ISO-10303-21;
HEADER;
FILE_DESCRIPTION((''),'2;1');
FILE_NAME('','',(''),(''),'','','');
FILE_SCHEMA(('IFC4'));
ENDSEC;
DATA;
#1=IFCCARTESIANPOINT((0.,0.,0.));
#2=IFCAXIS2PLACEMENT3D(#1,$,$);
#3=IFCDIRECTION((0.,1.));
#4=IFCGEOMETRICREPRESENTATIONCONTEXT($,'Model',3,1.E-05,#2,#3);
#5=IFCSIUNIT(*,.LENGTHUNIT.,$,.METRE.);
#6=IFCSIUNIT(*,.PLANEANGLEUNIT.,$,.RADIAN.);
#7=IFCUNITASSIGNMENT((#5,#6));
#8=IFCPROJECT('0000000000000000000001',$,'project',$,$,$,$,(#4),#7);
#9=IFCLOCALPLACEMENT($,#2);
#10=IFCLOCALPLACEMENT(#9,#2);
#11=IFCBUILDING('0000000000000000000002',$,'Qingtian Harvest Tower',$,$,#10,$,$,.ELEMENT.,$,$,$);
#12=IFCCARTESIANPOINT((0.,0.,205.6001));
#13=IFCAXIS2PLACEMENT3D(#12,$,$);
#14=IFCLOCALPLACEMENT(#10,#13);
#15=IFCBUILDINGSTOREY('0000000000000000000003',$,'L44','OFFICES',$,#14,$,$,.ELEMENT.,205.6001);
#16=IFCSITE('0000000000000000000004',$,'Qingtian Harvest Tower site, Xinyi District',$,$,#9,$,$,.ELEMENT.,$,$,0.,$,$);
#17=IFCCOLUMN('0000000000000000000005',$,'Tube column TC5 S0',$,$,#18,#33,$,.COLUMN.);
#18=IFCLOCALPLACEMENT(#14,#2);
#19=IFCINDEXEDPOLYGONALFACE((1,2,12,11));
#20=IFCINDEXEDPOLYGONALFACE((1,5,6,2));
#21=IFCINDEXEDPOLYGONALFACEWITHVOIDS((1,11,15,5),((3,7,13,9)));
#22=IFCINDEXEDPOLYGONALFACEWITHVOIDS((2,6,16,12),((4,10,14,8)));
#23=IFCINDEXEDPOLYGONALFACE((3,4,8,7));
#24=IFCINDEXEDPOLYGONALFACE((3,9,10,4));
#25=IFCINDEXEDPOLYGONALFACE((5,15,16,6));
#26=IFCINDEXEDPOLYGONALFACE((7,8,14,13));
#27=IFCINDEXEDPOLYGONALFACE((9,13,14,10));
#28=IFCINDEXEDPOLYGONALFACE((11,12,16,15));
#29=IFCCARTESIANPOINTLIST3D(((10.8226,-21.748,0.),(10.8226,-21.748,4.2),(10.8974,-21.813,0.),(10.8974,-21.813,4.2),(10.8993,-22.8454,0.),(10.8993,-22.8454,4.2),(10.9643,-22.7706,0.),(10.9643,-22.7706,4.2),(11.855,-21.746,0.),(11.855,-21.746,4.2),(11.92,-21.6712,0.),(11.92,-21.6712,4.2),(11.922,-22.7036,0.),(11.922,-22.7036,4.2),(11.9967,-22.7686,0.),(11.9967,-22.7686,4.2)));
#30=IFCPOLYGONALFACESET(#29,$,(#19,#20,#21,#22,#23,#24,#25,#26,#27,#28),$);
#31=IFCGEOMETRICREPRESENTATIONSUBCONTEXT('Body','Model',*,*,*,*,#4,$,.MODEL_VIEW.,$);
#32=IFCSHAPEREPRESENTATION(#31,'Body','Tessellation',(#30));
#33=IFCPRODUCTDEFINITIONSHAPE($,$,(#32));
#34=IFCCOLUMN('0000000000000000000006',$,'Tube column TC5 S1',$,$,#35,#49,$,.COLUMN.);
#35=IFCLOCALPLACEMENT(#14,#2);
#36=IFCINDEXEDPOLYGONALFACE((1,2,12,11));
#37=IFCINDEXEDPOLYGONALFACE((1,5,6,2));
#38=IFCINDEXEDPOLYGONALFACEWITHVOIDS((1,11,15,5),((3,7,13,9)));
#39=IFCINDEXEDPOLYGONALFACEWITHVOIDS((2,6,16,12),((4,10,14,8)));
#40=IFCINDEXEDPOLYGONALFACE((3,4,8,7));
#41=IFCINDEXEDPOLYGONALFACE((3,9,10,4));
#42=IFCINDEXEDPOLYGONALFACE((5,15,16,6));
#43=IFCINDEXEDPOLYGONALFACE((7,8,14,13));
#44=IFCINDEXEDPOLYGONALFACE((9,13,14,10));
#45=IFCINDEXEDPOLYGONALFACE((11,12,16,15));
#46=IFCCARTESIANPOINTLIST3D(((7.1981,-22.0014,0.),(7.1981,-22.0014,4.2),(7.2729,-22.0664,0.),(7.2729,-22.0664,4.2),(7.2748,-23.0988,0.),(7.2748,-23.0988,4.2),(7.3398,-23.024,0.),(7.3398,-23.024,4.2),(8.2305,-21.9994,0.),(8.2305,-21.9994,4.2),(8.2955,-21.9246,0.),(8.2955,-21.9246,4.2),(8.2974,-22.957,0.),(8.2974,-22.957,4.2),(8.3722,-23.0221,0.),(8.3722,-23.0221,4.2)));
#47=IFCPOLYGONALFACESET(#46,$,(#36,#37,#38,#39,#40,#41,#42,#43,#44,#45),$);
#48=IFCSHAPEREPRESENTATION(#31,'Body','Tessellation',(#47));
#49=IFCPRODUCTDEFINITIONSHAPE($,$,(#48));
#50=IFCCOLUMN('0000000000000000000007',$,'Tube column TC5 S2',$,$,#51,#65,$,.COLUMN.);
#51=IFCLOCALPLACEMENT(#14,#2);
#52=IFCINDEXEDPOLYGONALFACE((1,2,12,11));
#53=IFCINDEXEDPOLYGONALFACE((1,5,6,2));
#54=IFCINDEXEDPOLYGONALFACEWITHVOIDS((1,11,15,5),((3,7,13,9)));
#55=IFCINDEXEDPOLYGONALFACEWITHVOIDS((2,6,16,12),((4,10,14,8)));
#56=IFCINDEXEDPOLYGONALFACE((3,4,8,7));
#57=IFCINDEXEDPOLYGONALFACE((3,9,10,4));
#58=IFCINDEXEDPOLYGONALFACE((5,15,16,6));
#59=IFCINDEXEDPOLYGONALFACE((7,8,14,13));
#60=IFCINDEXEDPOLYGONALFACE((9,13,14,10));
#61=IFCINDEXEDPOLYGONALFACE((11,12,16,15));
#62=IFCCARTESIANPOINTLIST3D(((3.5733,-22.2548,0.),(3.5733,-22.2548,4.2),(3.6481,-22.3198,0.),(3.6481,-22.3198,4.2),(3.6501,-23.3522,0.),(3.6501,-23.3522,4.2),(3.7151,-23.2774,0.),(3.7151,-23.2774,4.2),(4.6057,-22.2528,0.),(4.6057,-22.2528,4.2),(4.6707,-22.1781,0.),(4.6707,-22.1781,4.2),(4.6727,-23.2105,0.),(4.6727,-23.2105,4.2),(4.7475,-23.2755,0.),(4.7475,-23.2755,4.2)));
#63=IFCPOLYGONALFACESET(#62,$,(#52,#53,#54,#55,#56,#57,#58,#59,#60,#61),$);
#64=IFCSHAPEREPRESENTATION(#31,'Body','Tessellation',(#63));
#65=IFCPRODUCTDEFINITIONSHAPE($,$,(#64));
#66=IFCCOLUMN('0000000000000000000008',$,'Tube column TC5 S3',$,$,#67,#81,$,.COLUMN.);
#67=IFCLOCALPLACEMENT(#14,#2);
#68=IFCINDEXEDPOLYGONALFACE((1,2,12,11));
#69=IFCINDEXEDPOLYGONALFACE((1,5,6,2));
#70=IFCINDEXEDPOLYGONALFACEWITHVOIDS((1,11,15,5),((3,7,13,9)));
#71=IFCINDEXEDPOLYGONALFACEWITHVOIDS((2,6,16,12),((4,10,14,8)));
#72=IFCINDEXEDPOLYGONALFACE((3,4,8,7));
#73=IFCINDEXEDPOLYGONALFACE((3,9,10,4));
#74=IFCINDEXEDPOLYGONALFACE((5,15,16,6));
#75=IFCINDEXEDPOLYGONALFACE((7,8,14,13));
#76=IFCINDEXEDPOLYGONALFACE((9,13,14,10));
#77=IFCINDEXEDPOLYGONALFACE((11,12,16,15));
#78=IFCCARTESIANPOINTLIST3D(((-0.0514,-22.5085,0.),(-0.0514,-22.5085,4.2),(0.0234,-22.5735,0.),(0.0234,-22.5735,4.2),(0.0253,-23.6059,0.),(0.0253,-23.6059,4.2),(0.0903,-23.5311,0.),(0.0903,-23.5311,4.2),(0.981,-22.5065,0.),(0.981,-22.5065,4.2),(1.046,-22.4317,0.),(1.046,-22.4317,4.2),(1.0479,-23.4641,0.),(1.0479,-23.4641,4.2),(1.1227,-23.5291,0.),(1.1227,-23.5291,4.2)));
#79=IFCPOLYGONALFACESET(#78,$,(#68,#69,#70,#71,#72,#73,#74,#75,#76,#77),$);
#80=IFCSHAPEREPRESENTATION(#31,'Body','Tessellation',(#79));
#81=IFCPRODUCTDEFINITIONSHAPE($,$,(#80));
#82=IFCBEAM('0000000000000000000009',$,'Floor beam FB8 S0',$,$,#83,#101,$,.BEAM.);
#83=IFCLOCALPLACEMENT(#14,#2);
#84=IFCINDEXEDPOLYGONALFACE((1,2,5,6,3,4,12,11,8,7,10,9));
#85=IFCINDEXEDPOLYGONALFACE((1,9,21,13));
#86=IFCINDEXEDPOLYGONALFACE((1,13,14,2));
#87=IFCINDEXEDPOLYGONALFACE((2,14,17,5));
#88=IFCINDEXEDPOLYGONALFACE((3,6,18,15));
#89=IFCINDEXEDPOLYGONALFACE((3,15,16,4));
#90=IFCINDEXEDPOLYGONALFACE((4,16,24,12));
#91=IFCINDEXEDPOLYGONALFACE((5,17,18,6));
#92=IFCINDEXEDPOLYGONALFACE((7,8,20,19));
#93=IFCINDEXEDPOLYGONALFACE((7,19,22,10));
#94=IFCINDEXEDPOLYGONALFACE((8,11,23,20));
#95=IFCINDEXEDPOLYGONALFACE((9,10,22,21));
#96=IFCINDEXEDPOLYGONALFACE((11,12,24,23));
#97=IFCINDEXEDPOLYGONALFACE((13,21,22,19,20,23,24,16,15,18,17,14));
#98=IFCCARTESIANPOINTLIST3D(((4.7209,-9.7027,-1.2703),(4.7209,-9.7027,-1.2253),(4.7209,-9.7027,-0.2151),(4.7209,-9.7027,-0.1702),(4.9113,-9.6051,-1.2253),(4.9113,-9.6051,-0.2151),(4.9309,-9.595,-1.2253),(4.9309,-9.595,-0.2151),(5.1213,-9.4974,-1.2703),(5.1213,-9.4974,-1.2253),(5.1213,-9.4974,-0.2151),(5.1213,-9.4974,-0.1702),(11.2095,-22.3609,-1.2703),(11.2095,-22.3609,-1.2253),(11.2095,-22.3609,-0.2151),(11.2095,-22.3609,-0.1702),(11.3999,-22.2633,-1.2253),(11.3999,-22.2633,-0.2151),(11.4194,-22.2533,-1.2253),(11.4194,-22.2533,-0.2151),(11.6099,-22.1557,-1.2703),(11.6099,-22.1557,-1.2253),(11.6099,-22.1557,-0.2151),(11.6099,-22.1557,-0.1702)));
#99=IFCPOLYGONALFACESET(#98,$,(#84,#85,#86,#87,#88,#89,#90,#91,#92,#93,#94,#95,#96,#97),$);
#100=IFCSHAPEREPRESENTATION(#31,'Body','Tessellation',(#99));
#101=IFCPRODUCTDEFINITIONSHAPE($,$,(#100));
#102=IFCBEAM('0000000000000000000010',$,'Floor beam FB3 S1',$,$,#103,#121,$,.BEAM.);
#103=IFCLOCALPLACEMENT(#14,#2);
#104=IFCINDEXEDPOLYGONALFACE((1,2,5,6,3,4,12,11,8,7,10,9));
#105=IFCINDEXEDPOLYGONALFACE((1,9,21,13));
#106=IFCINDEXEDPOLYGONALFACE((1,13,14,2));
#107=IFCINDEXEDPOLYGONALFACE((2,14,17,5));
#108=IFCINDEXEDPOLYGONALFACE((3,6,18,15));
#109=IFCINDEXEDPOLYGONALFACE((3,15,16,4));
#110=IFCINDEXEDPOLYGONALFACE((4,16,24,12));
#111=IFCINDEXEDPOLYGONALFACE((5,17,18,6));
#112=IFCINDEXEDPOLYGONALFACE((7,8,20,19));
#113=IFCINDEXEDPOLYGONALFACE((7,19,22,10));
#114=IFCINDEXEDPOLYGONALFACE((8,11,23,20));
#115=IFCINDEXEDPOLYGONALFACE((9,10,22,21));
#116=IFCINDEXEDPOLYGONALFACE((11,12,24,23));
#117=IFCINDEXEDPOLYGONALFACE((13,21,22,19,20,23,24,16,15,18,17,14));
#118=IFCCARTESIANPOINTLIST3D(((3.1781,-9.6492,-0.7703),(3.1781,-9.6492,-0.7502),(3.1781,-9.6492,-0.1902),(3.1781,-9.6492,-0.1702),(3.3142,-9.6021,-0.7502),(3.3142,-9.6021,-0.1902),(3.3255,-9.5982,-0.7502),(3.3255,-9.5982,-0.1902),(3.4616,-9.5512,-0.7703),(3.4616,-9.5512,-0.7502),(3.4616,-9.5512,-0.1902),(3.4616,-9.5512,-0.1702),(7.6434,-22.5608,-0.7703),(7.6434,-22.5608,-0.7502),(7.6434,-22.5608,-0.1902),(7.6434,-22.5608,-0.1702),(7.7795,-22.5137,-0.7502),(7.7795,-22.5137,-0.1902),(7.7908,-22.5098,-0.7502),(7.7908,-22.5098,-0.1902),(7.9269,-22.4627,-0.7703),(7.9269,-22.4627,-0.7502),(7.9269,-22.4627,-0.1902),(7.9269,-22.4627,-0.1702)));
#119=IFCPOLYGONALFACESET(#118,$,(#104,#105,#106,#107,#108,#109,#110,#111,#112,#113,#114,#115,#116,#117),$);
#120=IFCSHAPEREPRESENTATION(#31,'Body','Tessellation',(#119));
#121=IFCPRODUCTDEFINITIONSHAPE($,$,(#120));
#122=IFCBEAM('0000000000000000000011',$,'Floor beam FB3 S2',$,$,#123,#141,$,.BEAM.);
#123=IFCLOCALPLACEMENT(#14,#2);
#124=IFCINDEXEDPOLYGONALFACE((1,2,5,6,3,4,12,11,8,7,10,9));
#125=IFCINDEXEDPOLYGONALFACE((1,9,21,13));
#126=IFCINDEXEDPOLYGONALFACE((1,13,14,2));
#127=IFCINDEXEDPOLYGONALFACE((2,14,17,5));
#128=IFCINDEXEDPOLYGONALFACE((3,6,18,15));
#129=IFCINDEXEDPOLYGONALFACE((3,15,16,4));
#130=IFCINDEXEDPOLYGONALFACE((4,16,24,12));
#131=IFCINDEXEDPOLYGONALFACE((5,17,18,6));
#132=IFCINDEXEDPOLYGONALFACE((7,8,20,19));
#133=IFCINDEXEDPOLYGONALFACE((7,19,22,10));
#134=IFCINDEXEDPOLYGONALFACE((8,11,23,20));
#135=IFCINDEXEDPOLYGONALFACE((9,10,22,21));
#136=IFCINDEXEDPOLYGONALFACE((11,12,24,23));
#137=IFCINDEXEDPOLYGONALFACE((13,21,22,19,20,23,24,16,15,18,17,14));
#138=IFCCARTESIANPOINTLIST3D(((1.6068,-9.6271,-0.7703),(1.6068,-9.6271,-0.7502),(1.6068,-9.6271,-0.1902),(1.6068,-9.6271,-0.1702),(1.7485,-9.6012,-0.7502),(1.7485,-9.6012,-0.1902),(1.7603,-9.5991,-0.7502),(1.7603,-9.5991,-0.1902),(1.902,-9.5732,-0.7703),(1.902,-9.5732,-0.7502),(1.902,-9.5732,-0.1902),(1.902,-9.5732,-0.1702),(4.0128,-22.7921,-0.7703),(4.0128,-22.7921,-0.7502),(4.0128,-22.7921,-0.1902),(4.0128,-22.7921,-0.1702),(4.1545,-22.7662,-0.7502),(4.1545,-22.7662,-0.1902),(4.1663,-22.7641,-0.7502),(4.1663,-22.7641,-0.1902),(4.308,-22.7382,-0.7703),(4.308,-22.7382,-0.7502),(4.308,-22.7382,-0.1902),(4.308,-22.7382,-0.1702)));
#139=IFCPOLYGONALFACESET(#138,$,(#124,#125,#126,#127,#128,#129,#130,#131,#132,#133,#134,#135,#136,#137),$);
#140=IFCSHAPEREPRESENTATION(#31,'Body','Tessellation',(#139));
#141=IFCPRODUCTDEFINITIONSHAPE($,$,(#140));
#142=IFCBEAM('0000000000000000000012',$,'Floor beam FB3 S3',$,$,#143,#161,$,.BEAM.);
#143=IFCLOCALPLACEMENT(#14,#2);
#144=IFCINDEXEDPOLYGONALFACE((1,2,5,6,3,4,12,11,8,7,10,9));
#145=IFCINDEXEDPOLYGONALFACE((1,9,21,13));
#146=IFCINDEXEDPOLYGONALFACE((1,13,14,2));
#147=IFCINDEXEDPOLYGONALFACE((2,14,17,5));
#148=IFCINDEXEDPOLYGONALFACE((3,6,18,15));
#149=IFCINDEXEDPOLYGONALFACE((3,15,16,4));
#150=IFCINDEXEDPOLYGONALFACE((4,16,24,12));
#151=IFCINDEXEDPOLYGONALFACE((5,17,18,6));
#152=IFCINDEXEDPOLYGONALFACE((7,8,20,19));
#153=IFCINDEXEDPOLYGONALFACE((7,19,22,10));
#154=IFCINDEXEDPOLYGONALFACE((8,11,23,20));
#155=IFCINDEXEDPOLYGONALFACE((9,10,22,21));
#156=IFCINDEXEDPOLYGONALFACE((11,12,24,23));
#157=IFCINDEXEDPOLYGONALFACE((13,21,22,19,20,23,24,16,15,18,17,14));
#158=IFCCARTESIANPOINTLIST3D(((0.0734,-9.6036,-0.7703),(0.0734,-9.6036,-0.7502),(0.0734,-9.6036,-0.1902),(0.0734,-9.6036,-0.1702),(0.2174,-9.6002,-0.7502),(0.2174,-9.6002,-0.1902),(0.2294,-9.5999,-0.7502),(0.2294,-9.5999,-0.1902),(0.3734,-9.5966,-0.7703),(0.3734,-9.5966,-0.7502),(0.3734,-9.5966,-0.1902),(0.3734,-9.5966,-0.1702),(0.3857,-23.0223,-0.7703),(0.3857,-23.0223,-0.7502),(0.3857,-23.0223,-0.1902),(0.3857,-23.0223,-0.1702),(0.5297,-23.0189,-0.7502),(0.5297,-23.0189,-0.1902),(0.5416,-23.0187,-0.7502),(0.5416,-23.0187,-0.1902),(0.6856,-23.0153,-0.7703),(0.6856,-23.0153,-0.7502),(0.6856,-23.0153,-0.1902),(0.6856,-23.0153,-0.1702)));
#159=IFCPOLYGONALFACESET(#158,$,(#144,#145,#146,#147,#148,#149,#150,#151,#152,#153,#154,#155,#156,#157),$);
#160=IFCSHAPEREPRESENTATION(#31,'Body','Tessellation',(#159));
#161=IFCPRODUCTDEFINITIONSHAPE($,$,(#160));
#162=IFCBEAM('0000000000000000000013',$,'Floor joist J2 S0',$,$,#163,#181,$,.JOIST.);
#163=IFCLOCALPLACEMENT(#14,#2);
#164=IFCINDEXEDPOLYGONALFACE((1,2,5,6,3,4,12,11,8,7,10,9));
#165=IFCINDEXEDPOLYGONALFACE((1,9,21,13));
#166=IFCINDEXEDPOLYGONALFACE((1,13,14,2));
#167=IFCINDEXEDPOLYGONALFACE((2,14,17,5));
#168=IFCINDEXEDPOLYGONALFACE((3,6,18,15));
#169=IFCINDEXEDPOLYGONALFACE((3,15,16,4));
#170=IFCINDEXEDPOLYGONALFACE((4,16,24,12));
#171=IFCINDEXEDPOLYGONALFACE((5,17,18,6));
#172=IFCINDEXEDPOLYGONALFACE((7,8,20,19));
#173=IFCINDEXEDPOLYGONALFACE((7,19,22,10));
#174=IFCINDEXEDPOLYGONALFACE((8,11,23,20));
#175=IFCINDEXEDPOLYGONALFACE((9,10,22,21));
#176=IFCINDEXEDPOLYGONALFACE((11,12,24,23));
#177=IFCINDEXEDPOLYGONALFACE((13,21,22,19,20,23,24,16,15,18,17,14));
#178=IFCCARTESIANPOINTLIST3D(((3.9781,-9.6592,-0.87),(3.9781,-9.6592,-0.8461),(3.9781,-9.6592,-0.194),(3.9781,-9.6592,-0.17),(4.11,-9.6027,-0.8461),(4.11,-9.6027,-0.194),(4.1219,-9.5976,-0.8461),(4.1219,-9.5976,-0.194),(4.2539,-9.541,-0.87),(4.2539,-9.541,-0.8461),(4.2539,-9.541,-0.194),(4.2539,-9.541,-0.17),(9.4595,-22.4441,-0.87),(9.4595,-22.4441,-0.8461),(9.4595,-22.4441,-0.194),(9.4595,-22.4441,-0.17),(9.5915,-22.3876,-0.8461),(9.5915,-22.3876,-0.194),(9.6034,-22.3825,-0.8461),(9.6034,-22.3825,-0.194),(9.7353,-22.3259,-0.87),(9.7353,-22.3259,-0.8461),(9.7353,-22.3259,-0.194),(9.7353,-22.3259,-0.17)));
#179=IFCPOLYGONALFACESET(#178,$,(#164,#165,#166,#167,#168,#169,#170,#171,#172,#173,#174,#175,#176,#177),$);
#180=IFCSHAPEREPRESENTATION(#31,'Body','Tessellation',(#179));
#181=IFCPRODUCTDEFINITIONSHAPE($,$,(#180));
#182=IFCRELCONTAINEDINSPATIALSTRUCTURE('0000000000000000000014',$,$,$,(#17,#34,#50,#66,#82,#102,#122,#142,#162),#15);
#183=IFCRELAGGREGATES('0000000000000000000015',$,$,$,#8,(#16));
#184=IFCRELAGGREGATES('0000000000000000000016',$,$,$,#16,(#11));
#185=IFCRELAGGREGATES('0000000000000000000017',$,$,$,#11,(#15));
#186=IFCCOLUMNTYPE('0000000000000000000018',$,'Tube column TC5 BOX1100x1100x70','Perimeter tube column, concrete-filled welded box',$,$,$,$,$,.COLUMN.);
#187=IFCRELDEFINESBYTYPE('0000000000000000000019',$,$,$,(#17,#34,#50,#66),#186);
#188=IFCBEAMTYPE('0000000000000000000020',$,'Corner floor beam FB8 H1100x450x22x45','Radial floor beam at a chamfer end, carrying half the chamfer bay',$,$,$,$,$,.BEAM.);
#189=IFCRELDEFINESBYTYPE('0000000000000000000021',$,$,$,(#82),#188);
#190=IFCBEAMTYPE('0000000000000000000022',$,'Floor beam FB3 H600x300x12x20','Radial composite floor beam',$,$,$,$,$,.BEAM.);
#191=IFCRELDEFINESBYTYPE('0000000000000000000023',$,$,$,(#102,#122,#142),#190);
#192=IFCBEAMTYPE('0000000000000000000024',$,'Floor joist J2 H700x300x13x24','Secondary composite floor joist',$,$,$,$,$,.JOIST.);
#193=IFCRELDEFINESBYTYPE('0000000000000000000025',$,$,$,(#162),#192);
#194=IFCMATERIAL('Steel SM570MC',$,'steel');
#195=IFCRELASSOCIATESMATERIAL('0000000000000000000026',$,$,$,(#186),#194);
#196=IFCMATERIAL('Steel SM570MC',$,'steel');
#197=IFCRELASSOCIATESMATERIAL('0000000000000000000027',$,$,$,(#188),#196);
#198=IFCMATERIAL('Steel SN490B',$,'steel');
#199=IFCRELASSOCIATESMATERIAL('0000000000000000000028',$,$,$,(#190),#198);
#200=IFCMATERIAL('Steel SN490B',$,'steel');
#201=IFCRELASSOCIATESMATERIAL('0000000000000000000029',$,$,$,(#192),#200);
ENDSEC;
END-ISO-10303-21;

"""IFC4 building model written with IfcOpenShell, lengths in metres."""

from ifc_helpers import new_model, si_unit, direction, frame, origin, origin_2d, place, context, subcontext, project, spatial, hollow_rectangle, i_section, extrude, material, material_profile, profile_set, type_object, element, save


model = new_model("IFC4")

# Units and contexts
model_context = context("Model", 3, precision=1e-05, world=origin(), true_north=direction((0.0, 1.0)))
body_context = subcontext(model_context, "Body", "Model", "MODEL_VIEW")
ifc_project = project(units=[si_unit("LENGTHUNIT", "METRE"), si_unit("PLANEANGLEUNIT", "RADIAN")], contexts=[model_context])

# Site, building, storey
site_placement = place(None, origin())
site = spatial("IfcSite", under=ifc_project, at=site_placement, Name="Qingtian Harvest Tower site, Xinyi District", CompositionType="ELEMENT", RefElevation=0.0)
building_placement = place(site_placement, origin())
building = spatial("IfcBuilding", under=site, at=building_placement, Name="Qingtian Harvest Tower", CompositionType="ELEMENT")
storey_placement = place(building_placement, frame((0.0, 0.0, 205.6001)))
storey = spatial("IfcBuildingStorey", under=building, at=storey_placement, Name="L44", Description="OFFICES", CompositionType="ELEMENT", Elevation=205.6001)

# Columns
ifc_material_1 = material(Name="Steel SM570MC", Category="steel")
ifc_material_profile_1 = material_profile(ifc_material_1, hollow_rectangle(XDim=1.1001, YDim=1.1001, WallThickness=0.0701, at=origin_2d()), Name="BOX1100x1100x70")
ifc_profile_set_1 = profile_set([ifc_material_profile_1], Name="Steel SM570MC")
column_type = type_object("IfcColumnType", Name="Tube column TC5 BOX1100x1100x70", Description="Perimeter tube column, concrete-filled welded box", PredefinedType="COLUMN", material=ifc_profile_set_1)
for number, where, z_axis, x_axis, name in (
    (1, (11.4097, -22.2583, 0.0), (0.0, 0.0, 1.0), (0.997564, 0.069756, 0.0), "Tube column TC5 S0"),
    (2, (7.7852, -22.5117, 0.0), (0.0, 0.0, 1.0), (0.997564, 0.069756, 0.0), "Tube column TC5 S1"),
    (3, (4.1604, -22.7651, 0.0), (0.0, 0.0, 1.0), (0.997564, 0.069756, 0.0), "Tube column TC5 S2"),
    (4, (0.5356, -23.0188, 0.0), (0.0, 0.0, 1.0), (0.997564, 0.069756, 0.0), "Tube column TC5 S3"),
):
    element("IfcColumn", number, at=place(storey_placement, frame(where, z_axis=z_axis, x_axis=x_axis)), inside=storey, type_object=column_type, Name=name, PredefinedType="COLUMN", context=body_context, shape_type="SweptSolid", body=[
        extrude(hollow_rectangle(XDim=1.1001, YDim=1.1001, WallThickness=0.0701, at=origin_2d()), origin(), (0.0, 0.0, 1.0), 4.2),
    ])

# Beams
ifc_material_2 = material(Name="Steel SM570MC", Category="steel")
ifc_material_profile_2 = material_profile(ifc_material_2, i_section(OverallWidth=0.45, OverallDepth=1.1001, WebThickness=0.022, FlangeThickness=0.0449, at=origin_2d()), Name="H1100x450x22x45")
ifc_profile_set_2 = profile_set([ifc_material_profile_2], Name="Steel SM570MC")
beam_type_1 = type_object("IfcBeamType", Name="Corner floor beam FB8 H1100x450x22x45", Description="Radial floor beam at a chamfer end, carrying half the chamfer bay", PredefinedType="BEAM", material=ifc_profile_set_2)
beam_1_placement = place(storey_placement, frame((11.4097, -22.2583, -0.7202), z_axis=(-0.456157, 0.889899, 0.0), x_axis=(-0.889899, -0.456157, 0.0)))
element("IfcBeam", 5, at=beam_1_placement, inside=storey, type_object=beam_type_1, Name="Floor beam FB8 S0", PredefinedType="BEAM", context=body_context, shape_type="SweptSolid", body=[
    extrude(i_section(OverallWidth=0.45, OverallDepth=1.1001, WebThickness=0.022, FlangeThickness=0.0449, at=origin_2d()), origin(), (0.0, 0.0, 1.0), 14.2244),
])
ifc_material_3 = material(Name="Steel SN490B", Category="steel")
ifc_material_profile_3 = material_profile(ifc_material_3, i_section(OverallWidth=0.3, OverallDepth=0.6001, WebThickness=0.012, FlangeThickness=0.02, at=origin_2d()), Name="H600x300x12x20")
ifc_profile_set_3 = profile_set([ifc_material_profile_3], Name="Steel SN490B")
beam_type_2 = type_object("IfcBeamType", Name="Floor beam FB3 H600x300x12x20", Description="Radial composite floor beam", PredefinedType="BEAM", material=ifc_profile_set_3)
beam_2_placement = place(storey_placement, frame((7.7852, -22.5117, -0.4702), z_axis=(-0.326844, 0.945078, 0.0), x_axis=(-0.945078, -0.326844, 0.0)))
element("IfcBeam", 6, at=beam_2_placement, inside=storey, type_object=beam_type_2, Name="Floor beam FB3 S1", PredefinedType="BEAM", context=body_context, shape_type="SweptSolid", body=[
    extrude(i_section(OverallWidth=0.3, OverallDepth=0.6001, WebThickness=0.012, FlangeThickness=0.02, at=origin_2d()), origin(), (0.0, 0.0, 1.0), 13.6619),
])
beam_3_placement = place(storey_placement, frame((4.1604, -22.7651, -0.4702), z_axis=(-0.17978, 0.983707, 0.0), x_axis=(-0.983707, -0.17978, 0.0)))
element("IfcBeam", 7, at=beam_3_placement, inside=storey, type_object=beam_type_2, Name="Floor beam FB3 S2", PredefinedType="BEAM", context=body_context, shape_type="SweptSolid", body=[
    extrude(i_section(OverallWidth=0.3, OverallDepth=0.6001, WebThickness=0.012, FlangeThickness=0.02, at=origin_2d()), origin(), (0.0, 0.0, 1.0), 13.3831),
])
beam_4_placement = place(storey_placement, frame((0.5356, -23.0188, -0.4702), z_axis=(-0.023264, 0.999729, 0.0), x_axis=(-0.999729, -0.023264, 0.0)))
element("IfcBeam", 8, at=beam_4_placement, inside=storey, type_object=beam_type_2, Name="Floor beam FB3 S3", PredefinedType="BEAM", context=body_context, shape_type="SweptSolid", body=[
    extrude(i_section(OverallWidth=0.3, OverallDepth=0.6001, WebThickness=0.012, FlangeThickness=0.02, at=origin_2d()), origin(), (0.0, 0.0, 1.0), 13.4224),
])
ifc_material_4 = material(Name="Steel SN490B", Category="steel")
ifc_material_profile_4 = material_profile(ifc_material_4, i_section(OverallWidth=0.3, OverallDepth=0.7, WebThickness=0.0129, FlangeThickness=0.0239, at=origin_2d()), Name="H700x300x13x24")
ifc_profile_set_4 = profile_set([ifc_material_profile_4], Name="Steel SN490B")
beam_type_3 = type_object("IfcBeamType", Name="Floor joist J2 H700x300x13x24", Description="Secondary composite floor joist", PredefinedType="JOIST", material=ifc_profile_set_4)
beam_5_placement = place(storey_placement, frame((9.5974, -22.385, -0.52), z_axis=(-0.394053, 0.919088, 0.0), x_axis=(-0.919088, -0.394053, 0.0)))
element("IfcBeam", 9, at=beam_5_placement, inside=storey, type_object=beam_type_3, Name="Floor joist J2 S0", PredefinedType="JOIST", context=body_context, shape_type="SweptSolid", body=[
    extrude(i_section(OverallWidth=0.3, OverallDepth=0.7, WebThickness=0.0129, FlangeThickness=0.0239, at=origin_2d()), origin(), (0.0, 0.0, 1.0), 13.9104),
])

save(model, "model.ifc")
